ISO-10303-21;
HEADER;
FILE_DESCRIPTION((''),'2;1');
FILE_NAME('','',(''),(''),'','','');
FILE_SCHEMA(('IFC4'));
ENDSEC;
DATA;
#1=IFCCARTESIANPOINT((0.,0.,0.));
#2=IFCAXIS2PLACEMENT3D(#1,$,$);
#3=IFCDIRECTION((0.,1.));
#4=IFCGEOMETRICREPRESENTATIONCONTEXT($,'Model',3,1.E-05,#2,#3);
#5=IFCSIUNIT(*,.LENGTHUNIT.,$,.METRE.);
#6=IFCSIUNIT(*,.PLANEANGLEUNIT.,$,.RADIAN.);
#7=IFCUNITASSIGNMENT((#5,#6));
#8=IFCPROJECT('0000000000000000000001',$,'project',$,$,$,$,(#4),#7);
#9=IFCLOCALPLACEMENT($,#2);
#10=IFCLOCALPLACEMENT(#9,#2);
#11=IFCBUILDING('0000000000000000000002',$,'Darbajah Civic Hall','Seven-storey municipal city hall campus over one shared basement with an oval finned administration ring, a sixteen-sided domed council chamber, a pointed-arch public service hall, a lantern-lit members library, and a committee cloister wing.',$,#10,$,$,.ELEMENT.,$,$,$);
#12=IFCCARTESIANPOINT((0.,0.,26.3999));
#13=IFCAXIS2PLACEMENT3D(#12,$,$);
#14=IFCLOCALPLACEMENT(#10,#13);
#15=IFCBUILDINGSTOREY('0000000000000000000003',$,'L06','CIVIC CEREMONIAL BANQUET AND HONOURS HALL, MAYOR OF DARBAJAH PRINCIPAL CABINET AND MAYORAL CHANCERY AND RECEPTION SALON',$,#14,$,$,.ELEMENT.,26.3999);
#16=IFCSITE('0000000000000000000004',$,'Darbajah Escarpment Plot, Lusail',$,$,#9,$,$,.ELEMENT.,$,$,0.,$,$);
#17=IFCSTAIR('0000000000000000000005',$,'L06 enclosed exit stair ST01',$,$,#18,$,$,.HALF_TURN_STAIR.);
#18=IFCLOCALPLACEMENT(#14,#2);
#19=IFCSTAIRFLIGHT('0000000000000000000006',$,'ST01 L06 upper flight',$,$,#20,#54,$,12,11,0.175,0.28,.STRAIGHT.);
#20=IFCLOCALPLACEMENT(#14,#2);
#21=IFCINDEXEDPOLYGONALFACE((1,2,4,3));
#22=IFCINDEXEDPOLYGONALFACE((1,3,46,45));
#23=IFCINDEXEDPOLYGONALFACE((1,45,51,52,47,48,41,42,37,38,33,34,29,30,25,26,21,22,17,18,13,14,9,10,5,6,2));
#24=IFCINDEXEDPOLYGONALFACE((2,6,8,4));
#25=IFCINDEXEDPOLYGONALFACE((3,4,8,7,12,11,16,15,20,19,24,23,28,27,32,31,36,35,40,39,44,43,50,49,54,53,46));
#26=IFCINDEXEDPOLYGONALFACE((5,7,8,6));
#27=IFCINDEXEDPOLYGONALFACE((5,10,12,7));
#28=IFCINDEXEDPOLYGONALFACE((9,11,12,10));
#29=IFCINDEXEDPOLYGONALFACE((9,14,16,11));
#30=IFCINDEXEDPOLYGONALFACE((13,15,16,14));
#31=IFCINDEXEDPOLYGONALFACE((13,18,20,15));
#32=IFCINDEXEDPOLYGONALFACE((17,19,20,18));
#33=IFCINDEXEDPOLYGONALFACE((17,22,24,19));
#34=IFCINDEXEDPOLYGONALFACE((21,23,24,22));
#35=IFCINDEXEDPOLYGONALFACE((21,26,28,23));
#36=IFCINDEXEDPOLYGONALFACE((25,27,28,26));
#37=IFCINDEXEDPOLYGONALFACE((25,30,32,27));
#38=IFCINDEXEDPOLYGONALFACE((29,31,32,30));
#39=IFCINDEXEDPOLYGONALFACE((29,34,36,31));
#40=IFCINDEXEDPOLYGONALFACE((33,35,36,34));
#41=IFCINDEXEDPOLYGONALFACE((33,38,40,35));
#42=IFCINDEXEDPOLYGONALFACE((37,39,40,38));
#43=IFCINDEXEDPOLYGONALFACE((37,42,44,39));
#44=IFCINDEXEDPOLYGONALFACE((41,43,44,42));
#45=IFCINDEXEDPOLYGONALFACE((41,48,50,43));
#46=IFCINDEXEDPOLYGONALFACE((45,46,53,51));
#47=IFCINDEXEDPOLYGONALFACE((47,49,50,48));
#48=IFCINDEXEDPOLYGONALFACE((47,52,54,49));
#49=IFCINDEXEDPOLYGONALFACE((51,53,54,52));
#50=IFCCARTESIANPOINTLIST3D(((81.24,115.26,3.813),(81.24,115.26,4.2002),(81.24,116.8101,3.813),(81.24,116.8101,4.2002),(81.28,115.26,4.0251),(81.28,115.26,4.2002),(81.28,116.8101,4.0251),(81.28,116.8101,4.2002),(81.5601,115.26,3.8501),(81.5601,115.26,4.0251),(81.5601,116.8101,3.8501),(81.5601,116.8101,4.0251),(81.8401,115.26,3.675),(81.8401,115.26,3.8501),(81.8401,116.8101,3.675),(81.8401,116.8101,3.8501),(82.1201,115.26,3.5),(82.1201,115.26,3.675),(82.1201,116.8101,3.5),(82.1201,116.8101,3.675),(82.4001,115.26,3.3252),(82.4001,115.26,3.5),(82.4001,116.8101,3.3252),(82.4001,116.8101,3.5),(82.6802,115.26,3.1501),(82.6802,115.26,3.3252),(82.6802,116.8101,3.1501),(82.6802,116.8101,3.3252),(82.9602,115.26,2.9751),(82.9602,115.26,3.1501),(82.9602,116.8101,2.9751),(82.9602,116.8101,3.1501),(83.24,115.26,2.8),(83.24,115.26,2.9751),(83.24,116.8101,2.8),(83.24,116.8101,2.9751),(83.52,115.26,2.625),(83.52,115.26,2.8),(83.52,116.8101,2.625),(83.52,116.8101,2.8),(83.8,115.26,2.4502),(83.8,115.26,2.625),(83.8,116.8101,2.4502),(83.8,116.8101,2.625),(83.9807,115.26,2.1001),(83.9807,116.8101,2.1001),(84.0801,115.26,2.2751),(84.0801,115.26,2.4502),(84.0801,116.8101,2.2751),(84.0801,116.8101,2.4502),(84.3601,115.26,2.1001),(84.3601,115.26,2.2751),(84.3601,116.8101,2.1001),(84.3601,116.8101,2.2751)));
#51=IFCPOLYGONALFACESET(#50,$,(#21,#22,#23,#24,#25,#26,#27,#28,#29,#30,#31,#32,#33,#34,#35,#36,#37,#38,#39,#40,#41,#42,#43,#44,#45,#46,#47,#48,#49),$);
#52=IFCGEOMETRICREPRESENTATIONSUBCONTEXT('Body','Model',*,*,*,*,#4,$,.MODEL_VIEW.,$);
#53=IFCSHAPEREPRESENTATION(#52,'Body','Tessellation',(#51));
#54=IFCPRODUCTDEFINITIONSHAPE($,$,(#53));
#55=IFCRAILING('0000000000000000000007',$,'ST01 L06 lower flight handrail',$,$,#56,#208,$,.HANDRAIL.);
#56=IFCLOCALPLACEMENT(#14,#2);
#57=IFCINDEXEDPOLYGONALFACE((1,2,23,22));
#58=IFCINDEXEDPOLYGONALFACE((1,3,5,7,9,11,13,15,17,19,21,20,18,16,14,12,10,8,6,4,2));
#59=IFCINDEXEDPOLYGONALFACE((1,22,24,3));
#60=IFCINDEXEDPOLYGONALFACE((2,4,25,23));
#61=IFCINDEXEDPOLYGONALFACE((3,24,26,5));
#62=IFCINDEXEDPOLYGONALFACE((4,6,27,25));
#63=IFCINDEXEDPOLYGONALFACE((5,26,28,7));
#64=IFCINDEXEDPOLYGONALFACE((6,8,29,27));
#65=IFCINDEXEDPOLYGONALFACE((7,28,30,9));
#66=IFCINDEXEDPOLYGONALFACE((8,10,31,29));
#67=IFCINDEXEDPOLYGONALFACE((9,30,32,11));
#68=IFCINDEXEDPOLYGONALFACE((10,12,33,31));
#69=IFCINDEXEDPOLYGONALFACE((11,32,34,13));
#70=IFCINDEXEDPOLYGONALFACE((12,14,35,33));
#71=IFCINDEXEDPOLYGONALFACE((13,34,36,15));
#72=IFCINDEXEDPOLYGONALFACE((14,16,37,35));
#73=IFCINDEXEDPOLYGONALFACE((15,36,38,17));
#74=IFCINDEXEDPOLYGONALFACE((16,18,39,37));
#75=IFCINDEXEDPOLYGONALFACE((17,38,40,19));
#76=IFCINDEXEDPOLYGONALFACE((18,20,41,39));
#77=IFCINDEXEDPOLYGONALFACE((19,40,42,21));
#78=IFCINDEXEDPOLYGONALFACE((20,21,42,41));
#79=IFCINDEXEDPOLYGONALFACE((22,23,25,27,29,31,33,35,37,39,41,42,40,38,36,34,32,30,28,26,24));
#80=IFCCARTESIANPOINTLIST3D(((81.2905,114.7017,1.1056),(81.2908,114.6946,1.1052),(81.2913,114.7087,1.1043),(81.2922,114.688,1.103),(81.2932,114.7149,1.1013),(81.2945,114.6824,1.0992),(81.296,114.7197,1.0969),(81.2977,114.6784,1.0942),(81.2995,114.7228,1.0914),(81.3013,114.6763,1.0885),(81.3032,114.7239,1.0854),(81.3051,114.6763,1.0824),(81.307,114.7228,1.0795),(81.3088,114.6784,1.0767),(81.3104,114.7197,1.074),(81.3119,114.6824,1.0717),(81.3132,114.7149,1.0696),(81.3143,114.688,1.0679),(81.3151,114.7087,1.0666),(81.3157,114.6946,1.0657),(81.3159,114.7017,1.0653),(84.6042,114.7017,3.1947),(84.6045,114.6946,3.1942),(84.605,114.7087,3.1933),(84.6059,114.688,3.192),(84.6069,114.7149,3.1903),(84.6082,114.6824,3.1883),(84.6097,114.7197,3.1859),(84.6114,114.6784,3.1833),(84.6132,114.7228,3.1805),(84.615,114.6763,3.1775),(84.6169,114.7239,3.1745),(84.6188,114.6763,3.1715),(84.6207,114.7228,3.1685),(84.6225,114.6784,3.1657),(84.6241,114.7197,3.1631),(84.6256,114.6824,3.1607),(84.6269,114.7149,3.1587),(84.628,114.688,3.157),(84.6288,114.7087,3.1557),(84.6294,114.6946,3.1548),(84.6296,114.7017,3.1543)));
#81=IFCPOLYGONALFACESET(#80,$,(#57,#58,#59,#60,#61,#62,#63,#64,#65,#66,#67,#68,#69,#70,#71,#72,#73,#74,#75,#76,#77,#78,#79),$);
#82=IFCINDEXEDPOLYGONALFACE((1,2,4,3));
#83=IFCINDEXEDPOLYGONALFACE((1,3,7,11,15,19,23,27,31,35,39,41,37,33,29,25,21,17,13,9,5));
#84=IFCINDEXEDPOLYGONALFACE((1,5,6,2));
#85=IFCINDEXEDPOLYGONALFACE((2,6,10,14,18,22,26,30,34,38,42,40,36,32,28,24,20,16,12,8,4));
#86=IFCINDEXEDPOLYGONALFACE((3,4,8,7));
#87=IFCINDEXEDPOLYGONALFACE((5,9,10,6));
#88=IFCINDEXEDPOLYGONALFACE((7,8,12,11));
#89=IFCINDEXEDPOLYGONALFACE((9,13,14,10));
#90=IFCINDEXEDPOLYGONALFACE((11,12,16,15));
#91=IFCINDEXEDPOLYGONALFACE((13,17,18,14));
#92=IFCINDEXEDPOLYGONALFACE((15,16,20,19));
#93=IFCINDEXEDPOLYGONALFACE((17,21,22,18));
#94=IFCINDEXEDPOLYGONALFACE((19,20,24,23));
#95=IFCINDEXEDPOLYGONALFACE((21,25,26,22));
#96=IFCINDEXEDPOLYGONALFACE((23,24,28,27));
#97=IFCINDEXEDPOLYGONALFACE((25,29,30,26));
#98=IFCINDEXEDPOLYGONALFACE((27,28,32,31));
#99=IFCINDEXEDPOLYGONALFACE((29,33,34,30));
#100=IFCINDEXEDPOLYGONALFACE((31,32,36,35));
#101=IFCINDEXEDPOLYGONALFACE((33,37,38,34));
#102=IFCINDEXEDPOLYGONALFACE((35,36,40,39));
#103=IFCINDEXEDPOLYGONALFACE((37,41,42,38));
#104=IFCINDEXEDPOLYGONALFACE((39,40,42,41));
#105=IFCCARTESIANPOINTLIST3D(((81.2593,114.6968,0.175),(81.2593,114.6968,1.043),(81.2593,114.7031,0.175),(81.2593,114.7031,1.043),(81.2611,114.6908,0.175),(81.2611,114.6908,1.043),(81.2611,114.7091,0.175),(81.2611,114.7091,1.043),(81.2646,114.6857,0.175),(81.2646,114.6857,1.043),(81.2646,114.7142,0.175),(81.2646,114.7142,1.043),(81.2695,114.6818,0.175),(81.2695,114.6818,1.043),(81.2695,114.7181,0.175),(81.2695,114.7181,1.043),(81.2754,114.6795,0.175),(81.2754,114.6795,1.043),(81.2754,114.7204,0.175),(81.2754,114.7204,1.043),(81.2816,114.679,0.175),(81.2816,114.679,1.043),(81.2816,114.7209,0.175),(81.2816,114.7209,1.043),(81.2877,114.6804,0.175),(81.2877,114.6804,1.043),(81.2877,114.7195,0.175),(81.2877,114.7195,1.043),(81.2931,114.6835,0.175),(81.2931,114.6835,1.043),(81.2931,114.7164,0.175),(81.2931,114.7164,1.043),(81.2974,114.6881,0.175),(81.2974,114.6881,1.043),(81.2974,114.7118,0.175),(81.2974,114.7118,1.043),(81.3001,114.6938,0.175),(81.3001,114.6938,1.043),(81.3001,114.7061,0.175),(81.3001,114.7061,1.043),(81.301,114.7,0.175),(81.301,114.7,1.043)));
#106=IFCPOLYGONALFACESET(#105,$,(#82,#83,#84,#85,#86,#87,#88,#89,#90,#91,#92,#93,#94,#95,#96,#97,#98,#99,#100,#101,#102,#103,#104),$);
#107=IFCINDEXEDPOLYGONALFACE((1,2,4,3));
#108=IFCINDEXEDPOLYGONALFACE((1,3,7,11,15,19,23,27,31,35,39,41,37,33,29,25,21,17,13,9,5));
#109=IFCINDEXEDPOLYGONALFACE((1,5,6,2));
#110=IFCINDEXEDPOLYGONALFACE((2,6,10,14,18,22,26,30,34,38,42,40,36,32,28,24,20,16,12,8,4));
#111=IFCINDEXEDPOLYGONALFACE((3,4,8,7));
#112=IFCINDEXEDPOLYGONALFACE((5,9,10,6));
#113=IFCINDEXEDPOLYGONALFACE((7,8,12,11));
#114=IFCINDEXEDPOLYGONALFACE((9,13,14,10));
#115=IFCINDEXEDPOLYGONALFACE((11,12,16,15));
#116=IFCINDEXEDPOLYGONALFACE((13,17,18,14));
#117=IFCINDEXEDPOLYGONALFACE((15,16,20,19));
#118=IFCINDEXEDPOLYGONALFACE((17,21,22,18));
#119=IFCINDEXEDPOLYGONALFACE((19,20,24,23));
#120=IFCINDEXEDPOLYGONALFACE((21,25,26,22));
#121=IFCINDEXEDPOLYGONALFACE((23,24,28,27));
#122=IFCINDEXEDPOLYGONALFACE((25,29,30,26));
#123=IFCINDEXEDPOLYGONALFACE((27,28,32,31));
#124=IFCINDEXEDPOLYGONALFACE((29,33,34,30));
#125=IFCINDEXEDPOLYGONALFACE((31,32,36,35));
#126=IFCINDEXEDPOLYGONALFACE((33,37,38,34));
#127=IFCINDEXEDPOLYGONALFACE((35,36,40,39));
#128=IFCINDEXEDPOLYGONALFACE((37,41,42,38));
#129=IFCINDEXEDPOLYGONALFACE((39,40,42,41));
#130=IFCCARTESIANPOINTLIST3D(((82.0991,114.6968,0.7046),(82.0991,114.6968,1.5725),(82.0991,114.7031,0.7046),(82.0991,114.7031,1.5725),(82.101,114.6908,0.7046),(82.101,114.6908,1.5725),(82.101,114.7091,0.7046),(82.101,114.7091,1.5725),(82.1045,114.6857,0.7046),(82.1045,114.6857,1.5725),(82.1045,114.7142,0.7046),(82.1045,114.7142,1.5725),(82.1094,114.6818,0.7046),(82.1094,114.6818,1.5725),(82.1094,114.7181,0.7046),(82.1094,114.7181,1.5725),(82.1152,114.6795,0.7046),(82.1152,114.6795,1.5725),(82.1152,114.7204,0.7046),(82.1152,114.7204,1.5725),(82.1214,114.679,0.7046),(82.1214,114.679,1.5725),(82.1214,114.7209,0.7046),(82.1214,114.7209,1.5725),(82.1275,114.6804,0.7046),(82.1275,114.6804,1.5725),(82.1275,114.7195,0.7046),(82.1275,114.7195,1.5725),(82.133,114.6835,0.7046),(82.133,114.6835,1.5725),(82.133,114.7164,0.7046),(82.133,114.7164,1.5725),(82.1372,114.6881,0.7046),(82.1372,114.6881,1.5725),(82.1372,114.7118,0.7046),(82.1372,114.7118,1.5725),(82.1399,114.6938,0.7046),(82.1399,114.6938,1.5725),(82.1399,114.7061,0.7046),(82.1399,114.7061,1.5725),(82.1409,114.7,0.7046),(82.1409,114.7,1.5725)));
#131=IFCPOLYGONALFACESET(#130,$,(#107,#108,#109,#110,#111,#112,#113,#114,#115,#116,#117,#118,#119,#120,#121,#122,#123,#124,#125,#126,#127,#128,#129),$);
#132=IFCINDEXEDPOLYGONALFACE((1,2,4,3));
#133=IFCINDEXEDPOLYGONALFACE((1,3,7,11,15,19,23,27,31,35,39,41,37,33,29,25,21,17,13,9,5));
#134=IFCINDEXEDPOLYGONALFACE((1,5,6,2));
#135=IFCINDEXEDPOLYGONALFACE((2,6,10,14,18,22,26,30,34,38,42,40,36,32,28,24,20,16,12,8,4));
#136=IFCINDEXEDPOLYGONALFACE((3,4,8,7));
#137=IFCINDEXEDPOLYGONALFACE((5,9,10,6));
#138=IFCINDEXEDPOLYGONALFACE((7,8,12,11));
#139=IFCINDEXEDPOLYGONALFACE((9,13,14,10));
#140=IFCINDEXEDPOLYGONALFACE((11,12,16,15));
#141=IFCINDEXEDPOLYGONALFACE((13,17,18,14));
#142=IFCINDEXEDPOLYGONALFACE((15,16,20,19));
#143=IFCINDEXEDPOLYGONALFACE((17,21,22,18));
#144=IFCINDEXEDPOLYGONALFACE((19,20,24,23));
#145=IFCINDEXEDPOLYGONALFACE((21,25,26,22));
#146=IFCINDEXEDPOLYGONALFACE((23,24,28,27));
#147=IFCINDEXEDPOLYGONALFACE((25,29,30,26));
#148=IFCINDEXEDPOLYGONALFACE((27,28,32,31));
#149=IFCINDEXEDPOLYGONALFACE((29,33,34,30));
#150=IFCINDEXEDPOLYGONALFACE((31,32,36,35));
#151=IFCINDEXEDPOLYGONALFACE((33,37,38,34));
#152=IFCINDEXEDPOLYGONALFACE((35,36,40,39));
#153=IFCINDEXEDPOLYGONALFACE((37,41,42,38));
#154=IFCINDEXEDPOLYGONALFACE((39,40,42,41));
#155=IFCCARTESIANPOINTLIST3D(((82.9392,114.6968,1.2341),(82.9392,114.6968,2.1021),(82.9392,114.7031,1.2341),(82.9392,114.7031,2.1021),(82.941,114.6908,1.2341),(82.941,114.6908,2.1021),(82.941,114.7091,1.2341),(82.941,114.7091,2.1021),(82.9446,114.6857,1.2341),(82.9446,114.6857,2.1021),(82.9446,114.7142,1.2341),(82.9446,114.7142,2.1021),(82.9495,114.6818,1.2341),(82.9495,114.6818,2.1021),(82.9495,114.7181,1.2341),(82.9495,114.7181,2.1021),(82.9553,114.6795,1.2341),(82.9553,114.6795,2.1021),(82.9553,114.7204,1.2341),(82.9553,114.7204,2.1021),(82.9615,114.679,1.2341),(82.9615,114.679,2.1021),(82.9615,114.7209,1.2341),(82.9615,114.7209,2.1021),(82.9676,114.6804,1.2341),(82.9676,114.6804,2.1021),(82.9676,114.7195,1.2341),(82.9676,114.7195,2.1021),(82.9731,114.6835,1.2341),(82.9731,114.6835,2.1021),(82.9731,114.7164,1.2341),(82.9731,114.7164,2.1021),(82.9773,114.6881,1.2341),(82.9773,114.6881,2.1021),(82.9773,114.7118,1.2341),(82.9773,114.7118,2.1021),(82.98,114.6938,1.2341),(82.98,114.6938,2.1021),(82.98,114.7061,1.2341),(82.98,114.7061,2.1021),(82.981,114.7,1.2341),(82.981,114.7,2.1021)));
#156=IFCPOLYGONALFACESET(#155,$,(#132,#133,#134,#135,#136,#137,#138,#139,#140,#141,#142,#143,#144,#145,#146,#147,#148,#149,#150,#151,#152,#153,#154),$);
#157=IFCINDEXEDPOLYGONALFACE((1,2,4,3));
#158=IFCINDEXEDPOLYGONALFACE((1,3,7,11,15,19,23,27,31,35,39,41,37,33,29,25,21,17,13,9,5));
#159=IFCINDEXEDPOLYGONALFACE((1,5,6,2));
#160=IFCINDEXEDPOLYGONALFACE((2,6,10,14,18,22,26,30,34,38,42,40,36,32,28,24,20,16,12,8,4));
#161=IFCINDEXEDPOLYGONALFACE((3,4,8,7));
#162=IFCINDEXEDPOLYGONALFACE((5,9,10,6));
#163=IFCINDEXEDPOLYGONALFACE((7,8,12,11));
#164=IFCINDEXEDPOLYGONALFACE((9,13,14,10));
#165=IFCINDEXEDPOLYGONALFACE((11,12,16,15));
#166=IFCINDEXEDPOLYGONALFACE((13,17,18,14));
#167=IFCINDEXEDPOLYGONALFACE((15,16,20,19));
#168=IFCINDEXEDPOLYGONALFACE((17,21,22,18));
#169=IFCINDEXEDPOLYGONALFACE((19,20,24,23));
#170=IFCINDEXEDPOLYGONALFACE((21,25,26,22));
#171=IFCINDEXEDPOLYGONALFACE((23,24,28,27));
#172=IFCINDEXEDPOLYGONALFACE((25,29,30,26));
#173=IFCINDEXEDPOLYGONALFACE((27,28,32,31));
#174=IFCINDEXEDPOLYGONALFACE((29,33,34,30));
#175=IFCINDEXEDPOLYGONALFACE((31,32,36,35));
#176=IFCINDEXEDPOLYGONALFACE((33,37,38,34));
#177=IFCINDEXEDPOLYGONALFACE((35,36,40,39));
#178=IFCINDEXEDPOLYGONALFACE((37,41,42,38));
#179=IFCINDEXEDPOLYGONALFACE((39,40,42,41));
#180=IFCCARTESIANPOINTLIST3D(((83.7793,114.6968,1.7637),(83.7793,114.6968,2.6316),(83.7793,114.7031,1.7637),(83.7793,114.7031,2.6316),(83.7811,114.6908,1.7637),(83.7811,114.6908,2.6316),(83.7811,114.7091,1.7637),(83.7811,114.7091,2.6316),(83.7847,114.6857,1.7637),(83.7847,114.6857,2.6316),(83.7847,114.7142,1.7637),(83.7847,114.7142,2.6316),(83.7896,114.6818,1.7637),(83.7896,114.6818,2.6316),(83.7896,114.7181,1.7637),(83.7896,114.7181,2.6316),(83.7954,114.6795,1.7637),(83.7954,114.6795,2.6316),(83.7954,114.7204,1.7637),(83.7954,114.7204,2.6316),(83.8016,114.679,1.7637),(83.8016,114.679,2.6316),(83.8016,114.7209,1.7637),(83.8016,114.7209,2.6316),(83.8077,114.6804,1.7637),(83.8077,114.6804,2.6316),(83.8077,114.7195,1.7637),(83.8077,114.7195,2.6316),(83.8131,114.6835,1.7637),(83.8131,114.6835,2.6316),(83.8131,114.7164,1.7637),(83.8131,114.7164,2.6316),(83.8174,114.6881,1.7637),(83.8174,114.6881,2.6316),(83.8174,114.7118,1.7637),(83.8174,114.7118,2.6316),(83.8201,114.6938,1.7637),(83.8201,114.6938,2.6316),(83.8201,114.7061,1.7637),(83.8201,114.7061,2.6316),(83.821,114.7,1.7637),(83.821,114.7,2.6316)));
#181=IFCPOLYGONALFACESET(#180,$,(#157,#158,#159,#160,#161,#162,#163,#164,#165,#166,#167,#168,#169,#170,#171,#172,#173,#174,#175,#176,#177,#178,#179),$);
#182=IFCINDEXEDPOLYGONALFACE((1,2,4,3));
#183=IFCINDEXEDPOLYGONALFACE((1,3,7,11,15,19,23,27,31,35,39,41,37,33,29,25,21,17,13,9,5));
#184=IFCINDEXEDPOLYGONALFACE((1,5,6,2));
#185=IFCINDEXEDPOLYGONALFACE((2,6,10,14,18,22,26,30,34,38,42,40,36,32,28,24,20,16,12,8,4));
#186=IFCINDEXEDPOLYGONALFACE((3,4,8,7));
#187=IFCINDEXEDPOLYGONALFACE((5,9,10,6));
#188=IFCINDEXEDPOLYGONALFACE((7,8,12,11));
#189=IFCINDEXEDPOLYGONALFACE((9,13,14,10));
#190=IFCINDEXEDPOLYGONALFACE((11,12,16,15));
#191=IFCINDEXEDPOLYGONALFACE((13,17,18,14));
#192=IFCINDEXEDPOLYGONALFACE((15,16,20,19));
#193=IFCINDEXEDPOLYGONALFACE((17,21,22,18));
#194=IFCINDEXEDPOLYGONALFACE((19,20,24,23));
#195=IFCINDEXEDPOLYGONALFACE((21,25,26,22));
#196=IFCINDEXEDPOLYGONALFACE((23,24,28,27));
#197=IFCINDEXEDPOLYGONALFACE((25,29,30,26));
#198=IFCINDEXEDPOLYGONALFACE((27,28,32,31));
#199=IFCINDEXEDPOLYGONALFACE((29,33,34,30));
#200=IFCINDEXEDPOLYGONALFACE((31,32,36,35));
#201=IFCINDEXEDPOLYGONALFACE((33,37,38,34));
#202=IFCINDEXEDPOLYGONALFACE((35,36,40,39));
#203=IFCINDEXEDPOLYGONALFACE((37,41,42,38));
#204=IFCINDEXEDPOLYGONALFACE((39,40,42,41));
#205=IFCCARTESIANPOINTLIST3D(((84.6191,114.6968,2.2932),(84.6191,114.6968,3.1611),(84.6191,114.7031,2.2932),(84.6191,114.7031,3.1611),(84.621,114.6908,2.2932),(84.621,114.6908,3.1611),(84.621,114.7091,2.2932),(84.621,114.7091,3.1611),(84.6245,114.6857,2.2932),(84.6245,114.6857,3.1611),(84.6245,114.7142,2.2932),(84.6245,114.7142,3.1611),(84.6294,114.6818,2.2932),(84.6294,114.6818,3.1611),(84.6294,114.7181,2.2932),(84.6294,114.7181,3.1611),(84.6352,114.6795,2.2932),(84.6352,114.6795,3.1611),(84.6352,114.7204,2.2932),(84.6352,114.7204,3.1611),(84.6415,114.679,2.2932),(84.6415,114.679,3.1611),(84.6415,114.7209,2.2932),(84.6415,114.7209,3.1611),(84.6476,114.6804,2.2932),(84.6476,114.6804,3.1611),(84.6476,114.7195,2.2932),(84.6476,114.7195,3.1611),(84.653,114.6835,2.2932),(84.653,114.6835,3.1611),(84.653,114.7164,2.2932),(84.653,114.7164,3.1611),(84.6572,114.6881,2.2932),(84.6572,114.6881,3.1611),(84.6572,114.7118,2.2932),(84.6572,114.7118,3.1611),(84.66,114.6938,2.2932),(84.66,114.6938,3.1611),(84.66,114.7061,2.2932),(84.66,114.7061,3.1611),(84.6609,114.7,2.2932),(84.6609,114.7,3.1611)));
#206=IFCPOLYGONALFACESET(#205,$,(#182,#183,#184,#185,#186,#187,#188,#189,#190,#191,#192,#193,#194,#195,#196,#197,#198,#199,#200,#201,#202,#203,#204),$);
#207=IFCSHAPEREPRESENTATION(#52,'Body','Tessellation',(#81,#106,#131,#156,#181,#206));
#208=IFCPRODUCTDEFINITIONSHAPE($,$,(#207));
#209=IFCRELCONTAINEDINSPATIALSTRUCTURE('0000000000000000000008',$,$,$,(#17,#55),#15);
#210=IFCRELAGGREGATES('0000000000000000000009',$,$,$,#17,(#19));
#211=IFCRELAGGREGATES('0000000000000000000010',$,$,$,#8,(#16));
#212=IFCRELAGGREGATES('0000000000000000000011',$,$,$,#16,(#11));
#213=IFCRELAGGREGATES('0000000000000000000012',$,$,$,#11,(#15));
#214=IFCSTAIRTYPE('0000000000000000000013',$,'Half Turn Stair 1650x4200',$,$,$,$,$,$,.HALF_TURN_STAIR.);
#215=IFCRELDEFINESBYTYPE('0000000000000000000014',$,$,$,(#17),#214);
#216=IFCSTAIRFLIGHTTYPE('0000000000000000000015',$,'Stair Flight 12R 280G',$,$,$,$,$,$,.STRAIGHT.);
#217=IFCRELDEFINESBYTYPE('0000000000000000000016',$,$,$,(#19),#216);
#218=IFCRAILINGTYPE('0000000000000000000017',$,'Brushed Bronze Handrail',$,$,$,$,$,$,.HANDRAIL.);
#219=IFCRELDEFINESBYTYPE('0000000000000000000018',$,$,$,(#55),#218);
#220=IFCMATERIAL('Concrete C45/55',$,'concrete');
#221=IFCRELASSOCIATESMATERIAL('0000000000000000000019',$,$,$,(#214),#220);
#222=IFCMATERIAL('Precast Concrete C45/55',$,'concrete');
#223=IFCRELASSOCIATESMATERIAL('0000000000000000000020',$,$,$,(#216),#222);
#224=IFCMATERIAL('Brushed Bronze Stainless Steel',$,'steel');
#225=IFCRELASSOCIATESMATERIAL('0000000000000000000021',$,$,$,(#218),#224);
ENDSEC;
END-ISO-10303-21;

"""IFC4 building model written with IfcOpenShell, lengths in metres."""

from ifc_helpers import new_model, si_unit, direction, frame, origin, origin_2d, place, context, subcontext, project, spatial, polyline, circle, outline, extrude, material, type_object, element, aggregate, save


model = new_model("IFC4")

# Units and contexts
model_context = context("Model", 3, precision=1e-05, world=origin(), true_north=direction((0.0, 1.0)))
body_context = subcontext(model_context, "Body", "Model", "MODEL_VIEW")
ifc_project = project(units=[si_unit("LENGTHUNIT", "METRE"), si_unit("PLANEANGLEUNIT", "RADIAN")], contexts=[model_context])

# Site, building, storey
site_placement = place(None, origin())
site = spatial("IfcSite", under=ifc_project, at=site_placement, Name="Darbajah Escarpment Plot, Lusail", CompositionType="ELEMENT", RefElevation=0.0)
building_placement = place(site_placement, origin())
building = spatial("IfcBuilding", under=site, at=building_placement, Name="Darbajah Civic Hall", Description="Seven-storey municipal city hall campus over one shared basement with an oval finned administration ring, a sixteen-sided domed council chamber, a pointed-arch public service hall, a lantern-lit members library, and a committee cloister wing.", CompositionType="ELEMENT")
storey_placement = place(building_placement, frame((0.0, 0.0, 26.3999)))
storey = spatial("IfcBuildingStorey", under=building, at=storey_placement, Name="L06", Description="CIVIC CEREMONIAL BANQUET AND HONOURS HALL, MAYOR OF DARBAJAH PRINCIPAL CABINET AND MAYORAL CHANCERY AND RECEPTION SALON", CompositionType="ELEMENT", Elevation=26.3999)

# Shared definitions
ifc_material_1 = material(Name="Concrete C45/55", Category="concrete")

# Stair, stair flight
stair_type = type_object("IfcStairType", Name="Half Turn Stair 1650x4200", PredefinedType="HALF_TURN_STAIR", material=ifc_material_1)
stair_placement = place(storey_placement, origin())
stair = element("IfcStair", 1, at=stair_placement, inside=storey, type_object=stair_type, Name="L06 enclosed exit stair ST01", PredefinedType="HALF_TURN_STAIR")
ifc_material_2 = material(Name="Precast Concrete C45/55", Category="concrete")
stair_flight_type = type_object("IfcStairFlightType", Name="Stair Flight 12R 280G", PredefinedType="STRAIGHT", material=ifc_material_2)
stair_flight_1_placement = place(storey_placement, frame((84.3601, 116.0349, 2.1001), z_axis=(0.0, 0.0, 1.0), x_axis=(-1.0, 0.0, 0.0)))
stair_flight_1 = element("IfcStairFlight", 2, at=stair_flight_1_placement, type_object=stair_flight_type, Name="ST01 L06 upper flight", NumberOfRisers=12, NumberOfTreads=11, PredefinedType="STRAIGHT", RiserHeight=0.175, TreadLength=0.28, context=body_context, shape_type="SweptSolid", body=[
    extrude(outline(polyline([(0.0, 0.0), (0.0, 0.175), (0.28, 0.175), (0.28, 0.3501), (0.5601, 0.3501), (0.5601, 0.5249), (0.8401, 0.5249), (0.8401, 0.7), (1.1201, 0.7), (1.1201, 0.875), (1.3999, 0.875), (1.3999, 1.05), (1.6799, 1.05), (1.6799, 1.2251), (1.96, 1.2251), (1.96, 1.3999), (2.24, 1.3999), (2.24, 1.575), (2.52, 1.575), (2.52, 1.75), (2.8, 1.75), (2.8, 1.925), (3.0801, 1.925), (3.0801, 2.1001), (3.1201, 2.1001), (3.1201, 1.7129), (0.3794, 0.0), (0.0, 0.0)])), frame((0.0, 0.7749, 0.0), z_axis=(0.0, -1.0, 0.0), x_axis=(1.0, 0.0, 0.0)), (0.0, 0.0, 1.0), 1.55),
])
aggregate(stair, [stair_flight_1])

# Railing
ifc_material_3 = material(Name="Brushed Bronze Stainless Steel", Category="steel")
railing_type_1 = type_object("IfcRailingType", Name="Brushed Bronze Handrail", PredefinedType="HANDRAIL", material=ifc_material_3)
railing_1_placement = place(storey_placement, frame((81.28, 114.7, 0.175)))
element("IfcRailing", 3, at=railing_1_placement, inside=storey, type_object=railing_type_1, Name="ST01 L06 lower flight handrail", PredefinedType="HANDRAIL", context=body_context, shape_type="SweptSolid", body=[
    extrude(circle(Radius=0.0239, at=origin_2d()), frame((0.0232, 0.0, 0.9104), z_axis=(0.845927, 0.0, 0.533299), x_axis=(0.0, 1.0, 0.0)), (0.0, 0.0, 1.0), 3.9172),
    extrude(circle(Radius=0.021, at=origin_2d()), origin(), (0.0, 0.0, 1.0), 0.8679),
    extrude(circle(Radius=0.021, at=origin_2d()), frame((0.8398, 0.0, 0.5295)), (0.0, 0.0, 1.0), 0.8679),
    extrude(circle(Radius=0.021, at=origin_2d()), frame((1.6799, 0.0, 1.0591)), (0.0, 0.0, 1.0), 0.8679),
    extrude(circle(Radius=0.021, at=origin_2d()), frame((2.52, 0.0, 1.5886)), (0.0, 0.0, 1.0), 0.8679),
    extrude(circle(Radius=0.021, at=origin_2d()), frame((3.3599, 0.0, 2.1182)), (0.0, 0.0, 1.0), 0.8679),
])

save(model, "model.ifc")
